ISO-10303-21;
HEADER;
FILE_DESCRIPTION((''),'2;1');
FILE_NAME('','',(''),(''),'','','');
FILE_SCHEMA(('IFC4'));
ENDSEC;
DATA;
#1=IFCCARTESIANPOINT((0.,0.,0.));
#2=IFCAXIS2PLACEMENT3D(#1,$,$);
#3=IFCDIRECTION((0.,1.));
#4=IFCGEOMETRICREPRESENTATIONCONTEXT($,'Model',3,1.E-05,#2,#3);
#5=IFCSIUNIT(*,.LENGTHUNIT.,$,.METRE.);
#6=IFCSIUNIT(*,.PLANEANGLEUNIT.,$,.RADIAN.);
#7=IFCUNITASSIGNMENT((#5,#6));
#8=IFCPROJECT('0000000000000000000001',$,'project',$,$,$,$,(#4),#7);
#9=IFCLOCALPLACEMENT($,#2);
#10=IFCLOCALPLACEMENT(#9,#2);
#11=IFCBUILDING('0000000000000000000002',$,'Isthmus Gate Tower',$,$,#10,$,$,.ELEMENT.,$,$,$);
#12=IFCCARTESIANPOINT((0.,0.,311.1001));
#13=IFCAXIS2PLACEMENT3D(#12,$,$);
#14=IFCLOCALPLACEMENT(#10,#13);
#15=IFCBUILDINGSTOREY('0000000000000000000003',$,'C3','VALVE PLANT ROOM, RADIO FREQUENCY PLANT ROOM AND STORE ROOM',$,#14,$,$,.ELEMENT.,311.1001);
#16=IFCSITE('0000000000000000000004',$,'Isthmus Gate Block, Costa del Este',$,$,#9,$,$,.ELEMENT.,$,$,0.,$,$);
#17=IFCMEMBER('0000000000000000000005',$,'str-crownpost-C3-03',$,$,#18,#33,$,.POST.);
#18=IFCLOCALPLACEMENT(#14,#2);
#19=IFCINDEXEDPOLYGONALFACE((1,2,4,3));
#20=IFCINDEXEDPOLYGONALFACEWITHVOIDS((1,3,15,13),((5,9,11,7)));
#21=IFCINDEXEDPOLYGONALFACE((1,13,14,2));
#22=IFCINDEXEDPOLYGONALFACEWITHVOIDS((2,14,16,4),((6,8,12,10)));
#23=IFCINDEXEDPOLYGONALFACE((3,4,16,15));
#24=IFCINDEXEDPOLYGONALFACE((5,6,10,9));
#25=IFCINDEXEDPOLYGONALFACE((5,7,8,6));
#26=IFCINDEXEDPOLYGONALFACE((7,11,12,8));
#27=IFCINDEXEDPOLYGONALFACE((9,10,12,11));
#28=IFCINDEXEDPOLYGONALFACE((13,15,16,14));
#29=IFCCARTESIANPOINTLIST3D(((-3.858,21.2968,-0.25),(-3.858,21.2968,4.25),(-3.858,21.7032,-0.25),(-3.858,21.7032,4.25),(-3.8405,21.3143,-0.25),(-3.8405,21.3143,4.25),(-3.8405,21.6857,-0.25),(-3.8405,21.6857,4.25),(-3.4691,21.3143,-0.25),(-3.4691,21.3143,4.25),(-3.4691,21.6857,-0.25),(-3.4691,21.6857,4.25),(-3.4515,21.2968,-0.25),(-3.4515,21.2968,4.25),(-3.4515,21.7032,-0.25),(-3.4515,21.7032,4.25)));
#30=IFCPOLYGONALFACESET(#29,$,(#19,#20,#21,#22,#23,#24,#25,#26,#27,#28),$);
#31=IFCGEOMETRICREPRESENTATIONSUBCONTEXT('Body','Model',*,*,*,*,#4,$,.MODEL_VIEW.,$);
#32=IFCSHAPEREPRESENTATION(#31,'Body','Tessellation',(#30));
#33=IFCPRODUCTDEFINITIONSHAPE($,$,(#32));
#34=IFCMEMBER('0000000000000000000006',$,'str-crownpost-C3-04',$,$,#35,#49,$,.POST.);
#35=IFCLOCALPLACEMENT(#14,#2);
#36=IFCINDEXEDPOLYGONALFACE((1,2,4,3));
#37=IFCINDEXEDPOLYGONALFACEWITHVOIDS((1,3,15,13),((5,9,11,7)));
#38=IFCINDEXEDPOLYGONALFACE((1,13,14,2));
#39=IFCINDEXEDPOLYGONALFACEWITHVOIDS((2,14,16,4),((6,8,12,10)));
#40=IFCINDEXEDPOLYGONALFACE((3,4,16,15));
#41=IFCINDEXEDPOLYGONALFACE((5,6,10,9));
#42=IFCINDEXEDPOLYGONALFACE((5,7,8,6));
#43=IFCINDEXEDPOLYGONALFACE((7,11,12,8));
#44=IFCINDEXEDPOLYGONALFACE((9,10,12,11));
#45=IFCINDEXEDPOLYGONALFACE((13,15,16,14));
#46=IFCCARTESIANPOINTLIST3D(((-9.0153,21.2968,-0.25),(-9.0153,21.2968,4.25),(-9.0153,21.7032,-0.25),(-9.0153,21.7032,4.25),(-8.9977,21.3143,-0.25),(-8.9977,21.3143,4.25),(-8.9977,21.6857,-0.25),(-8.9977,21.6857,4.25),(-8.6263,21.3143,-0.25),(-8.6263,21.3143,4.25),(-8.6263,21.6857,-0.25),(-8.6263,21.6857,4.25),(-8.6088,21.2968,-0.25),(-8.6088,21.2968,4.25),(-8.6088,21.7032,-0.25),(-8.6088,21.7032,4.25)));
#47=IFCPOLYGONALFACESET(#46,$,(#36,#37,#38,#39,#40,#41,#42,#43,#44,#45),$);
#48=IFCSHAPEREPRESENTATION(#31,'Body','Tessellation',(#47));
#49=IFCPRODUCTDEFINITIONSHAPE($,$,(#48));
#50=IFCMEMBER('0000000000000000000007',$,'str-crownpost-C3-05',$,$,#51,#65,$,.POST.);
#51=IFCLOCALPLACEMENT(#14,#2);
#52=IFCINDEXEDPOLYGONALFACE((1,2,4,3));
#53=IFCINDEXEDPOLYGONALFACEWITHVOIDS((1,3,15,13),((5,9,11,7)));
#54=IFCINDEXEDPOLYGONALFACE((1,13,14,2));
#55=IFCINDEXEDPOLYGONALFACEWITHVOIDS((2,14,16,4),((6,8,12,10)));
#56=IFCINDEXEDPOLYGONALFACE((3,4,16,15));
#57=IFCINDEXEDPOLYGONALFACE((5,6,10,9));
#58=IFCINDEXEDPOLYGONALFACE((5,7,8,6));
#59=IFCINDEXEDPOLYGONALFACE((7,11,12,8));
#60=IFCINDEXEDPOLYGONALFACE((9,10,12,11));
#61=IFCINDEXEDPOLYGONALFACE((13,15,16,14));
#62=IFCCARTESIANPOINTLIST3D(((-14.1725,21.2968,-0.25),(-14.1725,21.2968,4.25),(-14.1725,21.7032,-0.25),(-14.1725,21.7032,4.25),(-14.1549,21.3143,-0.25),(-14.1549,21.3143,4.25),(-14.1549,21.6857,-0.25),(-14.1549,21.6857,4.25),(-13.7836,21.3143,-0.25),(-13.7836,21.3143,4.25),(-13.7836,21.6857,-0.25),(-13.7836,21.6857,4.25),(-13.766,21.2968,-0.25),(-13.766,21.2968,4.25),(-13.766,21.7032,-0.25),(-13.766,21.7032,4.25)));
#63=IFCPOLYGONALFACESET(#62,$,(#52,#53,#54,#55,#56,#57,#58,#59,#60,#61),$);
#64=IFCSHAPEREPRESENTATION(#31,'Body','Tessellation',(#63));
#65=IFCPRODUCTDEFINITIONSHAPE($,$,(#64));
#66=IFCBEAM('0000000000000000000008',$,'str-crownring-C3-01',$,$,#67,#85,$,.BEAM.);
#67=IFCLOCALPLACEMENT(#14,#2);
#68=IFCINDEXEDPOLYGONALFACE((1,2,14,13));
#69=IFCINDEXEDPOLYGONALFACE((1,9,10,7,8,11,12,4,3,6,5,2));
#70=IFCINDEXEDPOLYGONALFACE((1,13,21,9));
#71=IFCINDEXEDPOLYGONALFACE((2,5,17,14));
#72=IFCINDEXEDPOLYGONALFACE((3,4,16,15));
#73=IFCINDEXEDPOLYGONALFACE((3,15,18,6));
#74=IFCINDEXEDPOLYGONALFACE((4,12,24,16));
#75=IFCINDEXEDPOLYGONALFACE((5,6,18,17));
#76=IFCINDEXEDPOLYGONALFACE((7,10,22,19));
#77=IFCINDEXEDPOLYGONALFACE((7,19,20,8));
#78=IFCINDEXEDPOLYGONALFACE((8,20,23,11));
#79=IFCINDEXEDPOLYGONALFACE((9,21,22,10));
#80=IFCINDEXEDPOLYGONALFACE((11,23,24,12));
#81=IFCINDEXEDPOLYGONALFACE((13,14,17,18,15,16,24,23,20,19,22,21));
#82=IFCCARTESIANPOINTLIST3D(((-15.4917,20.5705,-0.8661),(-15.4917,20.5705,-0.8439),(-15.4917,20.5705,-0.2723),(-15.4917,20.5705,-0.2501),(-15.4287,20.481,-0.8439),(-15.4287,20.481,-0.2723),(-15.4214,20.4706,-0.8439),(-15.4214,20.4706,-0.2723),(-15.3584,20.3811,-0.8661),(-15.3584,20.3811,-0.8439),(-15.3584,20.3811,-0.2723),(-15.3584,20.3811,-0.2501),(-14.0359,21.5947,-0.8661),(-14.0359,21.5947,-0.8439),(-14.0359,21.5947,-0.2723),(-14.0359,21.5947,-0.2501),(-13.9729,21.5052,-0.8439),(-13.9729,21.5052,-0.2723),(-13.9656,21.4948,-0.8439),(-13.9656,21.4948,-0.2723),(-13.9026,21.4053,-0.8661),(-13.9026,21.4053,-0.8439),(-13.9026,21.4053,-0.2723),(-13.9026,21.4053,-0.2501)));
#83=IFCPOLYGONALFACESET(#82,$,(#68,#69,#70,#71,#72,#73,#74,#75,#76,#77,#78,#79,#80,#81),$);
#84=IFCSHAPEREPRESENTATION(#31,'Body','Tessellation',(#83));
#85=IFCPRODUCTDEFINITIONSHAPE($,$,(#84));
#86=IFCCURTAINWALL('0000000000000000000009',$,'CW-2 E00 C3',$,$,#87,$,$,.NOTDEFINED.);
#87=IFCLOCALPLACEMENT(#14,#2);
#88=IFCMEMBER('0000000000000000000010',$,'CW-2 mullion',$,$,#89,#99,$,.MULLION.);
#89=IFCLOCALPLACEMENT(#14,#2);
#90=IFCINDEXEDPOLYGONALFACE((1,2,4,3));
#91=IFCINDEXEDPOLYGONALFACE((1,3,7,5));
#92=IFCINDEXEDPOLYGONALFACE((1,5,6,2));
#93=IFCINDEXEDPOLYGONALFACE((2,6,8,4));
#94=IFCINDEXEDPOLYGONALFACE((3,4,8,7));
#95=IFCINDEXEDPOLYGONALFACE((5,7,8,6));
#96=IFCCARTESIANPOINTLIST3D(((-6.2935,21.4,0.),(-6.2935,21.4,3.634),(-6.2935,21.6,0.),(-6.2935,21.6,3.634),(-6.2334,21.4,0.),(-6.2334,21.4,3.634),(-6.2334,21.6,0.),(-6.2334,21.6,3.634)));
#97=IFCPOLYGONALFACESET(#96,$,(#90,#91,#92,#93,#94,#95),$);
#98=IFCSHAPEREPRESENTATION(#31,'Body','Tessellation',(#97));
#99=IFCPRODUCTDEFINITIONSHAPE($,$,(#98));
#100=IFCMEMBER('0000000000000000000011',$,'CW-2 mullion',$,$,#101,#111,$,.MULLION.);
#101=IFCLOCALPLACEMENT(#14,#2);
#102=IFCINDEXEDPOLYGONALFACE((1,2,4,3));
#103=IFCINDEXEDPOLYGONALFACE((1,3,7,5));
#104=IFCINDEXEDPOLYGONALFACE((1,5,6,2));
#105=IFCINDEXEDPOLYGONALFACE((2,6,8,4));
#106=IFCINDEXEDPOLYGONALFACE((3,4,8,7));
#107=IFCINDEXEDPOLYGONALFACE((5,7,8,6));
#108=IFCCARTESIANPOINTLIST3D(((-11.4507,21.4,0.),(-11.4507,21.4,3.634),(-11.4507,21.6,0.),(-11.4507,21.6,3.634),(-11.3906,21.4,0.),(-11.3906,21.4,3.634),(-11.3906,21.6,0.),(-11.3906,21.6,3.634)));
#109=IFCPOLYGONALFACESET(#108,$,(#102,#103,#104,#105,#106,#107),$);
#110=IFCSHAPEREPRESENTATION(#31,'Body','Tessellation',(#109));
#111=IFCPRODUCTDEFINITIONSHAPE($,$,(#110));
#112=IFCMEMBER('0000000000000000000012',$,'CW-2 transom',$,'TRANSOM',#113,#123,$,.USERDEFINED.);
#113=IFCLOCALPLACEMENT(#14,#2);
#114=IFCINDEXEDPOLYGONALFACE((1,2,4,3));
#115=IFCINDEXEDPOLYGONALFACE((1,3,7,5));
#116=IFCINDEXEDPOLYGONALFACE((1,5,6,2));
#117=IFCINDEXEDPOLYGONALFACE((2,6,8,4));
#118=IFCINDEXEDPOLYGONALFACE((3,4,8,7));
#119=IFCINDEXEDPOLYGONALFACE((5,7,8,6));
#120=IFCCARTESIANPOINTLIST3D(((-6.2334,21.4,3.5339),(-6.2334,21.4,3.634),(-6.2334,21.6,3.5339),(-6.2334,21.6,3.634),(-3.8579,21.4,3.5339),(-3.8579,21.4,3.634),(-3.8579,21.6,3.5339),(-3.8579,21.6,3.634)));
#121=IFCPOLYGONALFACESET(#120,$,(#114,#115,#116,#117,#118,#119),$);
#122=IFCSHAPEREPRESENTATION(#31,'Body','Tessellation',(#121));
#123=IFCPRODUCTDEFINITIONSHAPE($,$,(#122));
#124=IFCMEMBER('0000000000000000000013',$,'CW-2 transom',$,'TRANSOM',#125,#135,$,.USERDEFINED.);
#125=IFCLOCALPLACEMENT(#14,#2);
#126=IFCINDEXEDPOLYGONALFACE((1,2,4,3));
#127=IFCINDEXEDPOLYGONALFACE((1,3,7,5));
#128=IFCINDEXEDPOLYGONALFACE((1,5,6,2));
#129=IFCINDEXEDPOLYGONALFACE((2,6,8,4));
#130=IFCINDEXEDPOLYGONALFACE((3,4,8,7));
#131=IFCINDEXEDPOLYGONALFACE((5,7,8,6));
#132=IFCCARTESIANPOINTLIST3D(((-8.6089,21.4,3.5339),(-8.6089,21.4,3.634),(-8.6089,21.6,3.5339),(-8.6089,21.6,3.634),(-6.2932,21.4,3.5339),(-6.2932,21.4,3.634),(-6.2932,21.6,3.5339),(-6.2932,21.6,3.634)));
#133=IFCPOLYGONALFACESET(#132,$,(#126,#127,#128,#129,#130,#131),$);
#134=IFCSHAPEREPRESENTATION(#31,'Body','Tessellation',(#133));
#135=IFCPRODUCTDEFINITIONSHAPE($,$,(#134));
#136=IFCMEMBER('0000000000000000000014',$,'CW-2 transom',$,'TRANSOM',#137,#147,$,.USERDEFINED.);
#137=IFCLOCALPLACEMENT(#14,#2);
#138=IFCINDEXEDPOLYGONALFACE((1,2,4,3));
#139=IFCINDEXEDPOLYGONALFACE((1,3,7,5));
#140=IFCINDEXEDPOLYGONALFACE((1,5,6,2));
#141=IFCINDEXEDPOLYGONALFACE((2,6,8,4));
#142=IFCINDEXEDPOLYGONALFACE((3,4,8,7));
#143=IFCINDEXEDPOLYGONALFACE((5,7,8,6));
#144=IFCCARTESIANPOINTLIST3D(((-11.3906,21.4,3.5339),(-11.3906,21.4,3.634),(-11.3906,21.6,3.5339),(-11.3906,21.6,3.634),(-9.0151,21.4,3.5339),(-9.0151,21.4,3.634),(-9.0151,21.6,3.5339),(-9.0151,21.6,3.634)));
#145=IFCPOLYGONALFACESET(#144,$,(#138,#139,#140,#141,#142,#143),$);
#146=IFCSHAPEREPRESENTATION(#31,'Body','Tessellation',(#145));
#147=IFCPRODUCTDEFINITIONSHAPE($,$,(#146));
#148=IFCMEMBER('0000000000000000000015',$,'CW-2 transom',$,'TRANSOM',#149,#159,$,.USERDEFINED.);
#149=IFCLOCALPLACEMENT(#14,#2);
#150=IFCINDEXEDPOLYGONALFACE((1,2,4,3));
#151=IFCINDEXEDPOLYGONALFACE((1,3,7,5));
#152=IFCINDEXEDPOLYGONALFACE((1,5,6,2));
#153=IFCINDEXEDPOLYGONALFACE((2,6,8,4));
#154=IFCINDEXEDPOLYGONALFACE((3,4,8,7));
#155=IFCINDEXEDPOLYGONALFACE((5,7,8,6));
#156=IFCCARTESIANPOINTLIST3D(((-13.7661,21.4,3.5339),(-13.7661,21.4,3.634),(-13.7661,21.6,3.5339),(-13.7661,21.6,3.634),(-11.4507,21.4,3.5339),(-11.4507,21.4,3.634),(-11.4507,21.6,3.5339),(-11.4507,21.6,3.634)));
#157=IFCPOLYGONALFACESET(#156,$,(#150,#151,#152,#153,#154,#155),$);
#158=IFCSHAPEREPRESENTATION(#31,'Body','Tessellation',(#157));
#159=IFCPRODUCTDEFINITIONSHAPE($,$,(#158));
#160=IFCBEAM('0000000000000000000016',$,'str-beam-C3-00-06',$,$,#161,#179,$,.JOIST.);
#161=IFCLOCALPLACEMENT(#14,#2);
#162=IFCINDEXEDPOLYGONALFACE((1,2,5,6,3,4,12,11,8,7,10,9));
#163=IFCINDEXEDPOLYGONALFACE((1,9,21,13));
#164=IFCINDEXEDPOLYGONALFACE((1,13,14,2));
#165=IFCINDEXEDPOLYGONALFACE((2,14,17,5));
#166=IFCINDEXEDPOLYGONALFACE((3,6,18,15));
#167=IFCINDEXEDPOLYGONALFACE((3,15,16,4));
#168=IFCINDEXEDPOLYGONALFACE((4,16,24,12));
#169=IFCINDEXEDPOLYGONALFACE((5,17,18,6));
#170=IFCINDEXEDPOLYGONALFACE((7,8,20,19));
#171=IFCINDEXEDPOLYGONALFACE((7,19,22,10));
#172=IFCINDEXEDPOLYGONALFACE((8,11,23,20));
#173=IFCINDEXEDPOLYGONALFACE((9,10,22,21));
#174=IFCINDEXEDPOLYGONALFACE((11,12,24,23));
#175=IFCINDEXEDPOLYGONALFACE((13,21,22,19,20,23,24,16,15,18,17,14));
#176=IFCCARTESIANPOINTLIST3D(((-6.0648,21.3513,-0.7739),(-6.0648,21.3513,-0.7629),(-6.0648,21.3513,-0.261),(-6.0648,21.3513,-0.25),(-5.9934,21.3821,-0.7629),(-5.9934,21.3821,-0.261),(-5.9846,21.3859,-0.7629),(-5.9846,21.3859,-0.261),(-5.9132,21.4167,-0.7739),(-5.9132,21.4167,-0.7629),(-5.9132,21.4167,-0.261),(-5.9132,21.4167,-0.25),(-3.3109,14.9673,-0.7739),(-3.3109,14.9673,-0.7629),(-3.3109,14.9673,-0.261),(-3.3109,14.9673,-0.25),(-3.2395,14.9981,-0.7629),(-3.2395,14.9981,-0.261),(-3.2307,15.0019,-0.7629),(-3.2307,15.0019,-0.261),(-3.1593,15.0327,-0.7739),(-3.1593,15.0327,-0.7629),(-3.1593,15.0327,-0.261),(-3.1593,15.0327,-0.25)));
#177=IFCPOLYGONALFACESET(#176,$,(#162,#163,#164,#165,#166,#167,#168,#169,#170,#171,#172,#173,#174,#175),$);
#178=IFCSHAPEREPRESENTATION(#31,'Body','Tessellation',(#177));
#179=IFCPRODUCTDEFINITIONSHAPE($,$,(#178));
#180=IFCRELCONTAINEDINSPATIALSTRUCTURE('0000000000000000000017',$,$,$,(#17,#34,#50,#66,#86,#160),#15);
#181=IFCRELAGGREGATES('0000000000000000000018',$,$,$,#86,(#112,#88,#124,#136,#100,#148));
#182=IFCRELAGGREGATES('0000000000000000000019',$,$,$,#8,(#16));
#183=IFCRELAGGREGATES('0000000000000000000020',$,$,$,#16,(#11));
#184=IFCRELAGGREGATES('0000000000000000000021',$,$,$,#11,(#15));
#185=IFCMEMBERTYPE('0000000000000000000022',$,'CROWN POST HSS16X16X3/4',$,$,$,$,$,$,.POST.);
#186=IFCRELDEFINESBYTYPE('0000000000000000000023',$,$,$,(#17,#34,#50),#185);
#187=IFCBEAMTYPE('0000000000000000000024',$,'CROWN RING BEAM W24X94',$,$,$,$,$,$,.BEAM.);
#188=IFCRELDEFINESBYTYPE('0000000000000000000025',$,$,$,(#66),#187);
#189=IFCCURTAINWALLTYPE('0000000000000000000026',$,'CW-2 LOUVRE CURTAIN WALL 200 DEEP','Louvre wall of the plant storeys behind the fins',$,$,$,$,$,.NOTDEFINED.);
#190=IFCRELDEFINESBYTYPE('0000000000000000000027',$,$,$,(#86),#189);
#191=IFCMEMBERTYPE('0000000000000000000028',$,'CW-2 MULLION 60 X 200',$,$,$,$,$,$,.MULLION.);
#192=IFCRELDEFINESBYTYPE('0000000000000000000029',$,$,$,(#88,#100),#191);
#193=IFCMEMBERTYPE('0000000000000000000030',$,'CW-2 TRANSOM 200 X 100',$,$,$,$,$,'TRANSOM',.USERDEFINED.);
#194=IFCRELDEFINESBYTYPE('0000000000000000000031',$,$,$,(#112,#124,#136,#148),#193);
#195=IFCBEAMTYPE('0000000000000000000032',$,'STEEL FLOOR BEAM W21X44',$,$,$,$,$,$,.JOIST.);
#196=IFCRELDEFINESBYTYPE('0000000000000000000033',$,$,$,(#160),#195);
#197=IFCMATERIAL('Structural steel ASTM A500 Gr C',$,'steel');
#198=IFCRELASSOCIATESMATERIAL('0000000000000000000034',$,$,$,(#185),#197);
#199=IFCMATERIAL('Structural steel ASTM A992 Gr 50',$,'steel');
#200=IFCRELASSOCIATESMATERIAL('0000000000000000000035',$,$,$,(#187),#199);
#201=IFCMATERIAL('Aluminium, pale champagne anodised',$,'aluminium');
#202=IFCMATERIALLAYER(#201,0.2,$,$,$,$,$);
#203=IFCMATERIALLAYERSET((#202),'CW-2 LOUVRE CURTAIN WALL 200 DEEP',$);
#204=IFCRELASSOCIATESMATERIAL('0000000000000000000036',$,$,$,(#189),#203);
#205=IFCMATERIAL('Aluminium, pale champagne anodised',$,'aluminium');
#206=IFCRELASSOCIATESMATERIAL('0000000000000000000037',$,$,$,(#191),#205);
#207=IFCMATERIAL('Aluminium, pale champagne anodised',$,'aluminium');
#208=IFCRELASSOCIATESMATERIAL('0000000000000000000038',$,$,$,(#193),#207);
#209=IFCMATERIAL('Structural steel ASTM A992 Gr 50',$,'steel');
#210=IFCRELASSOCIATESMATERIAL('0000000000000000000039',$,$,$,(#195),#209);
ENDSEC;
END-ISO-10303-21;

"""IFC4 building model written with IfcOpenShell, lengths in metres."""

from ifc_helpers import new_model, si_unit, direction, frame, origin, origin_2d, place, context, subcontext, project, spatial, rectangle, hollow_rectangle, i_section, extrude, material, layer, layer_set, material_profile, profile_set, type_object, element, aggregate, save


model = new_model("IFC4")

# Units and contexts
model_context = context("Model", 3, precision=1e-05, world=origin(), true_north=direction((0.0, 1.0)))
body_context = subcontext(model_context, "Body", "Model", "MODEL_VIEW")
ifc_project = project(units=[si_unit("LENGTHUNIT", "METRE"), si_unit("PLANEANGLEUNIT", "RADIAN")], contexts=[model_context])

# Site, building, storey
site_placement = place(None, origin())
site = spatial("IfcSite", under=ifc_project, at=site_placement, Name="Isthmus Gate Block, Costa del Este", CompositionType="ELEMENT", RefElevation=0.0)
building_placement = place(site_placement, origin())
building = spatial("IfcBuilding", under=site, at=building_placement, Name="Isthmus Gate Tower", CompositionType="ELEMENT")
storey_placement = place(building_placement, frame((0.0, 0.0, 311.1001)))
storey = spatial("IfcBuildingStorey", under=building, at=storey_placement, Name="C3", Description="VALVE PLANT ROOM, RADIO FREQUENCY PLANT ROOM AND STORE ROOM", CompositionType="ELEMENT", Elevation=311.1001)

# Members
ifc_material_1 = material(Name="Structural steel ASTM A500 Gr C", Category="steel")
ifc_material_profile_1 = material_profile(ifc_material_1, hollow_rectangle(XDim=0.4065, YDim=0.4065, WallThickness=0.0176, at=origin_2d()), Name="HSS16X16X3/4")
ifc_profile_set_1 = profile_set([ifc_material_profile_1], Name="Structural steel ASTM A500 Gr C")
member_type_1 = type_object("IfcMemberType", Name="CROWN POST HSS16X16X3/4", PredefinedType="POST", material=ifc_profile_set_1)
for number, where, z_axis, x_axis, name in (
    (1, (-3.6548, 21.5, -0.25), (0.0, 0.0, 1.0), (1.0, 0.0, 0.0), "str-crownpost-C3-03"),
    (2, (-8.812, 21.5, -0.25), (0.0, 0.0, 1.0), (1.0, 0.0, 0.0), "str-crownpost-C3-04"),
    (3, (-13.9692, 21.5, -0.25), (0.0, 0.0, 1.0), (1.0, 0.0, 0.0), "str-crownpost-C3-05"),
):
    element("IfcMember", number, at=place(storey_placement, frame(where, z_axis=z_axis, x_axis=x_axis)), inside=storey, type_object=member_type_1, Name=name, PredefinedType="POST", context=body_context, shape_type="SweptSolid", body=[
        extrude(hollow_rectangle(XDim=0.4065, YDim=0.4065, WallThickness=0.0176, at=origin_2d()), origin(), (0.0, 0.0, 1.0), 4.5),
    ])

# Beam
ifc_material_2 = material(Name="Structural steel ASTM A992 Gr 50", Category="steel")
ifc_material_profile_2 = material_profile(ifc_material_2, i_section(OverallWidth=0.2317, OverallDepth=0.616, WebThickness=0.0127, FlangeThickness=0.0222, at=origin_2d()), Name="W24X94")
ifc_profile_set_2 = profile_set([ifc_material_profile_2], Name="Structural steel ASTM A992 Gr 50")
beam_type_1 = type_object("IfcBeamType", Name="CROWN RING BEAM W24X94", PredefinedType="BEAM", material=ifc_profile_set_2)
beam_1_placement = place(storey_placement, frame((-13.9692, 21.5, -0.5581), z_axis=(-0.817883, -0.575385, 0.0), x_axis=(0.575385, -0.817883, 0.0)))
element("IfcBeam", 4, at=beam_1_placement, inside=storey, type_object=beam_type_1, Name="str-crownring-C3-01", PredefinedType="BEAM", context=body_context, shape_type="SweptSolid", body=[
    extrude(i_section(OverallWidth=0.2317, OverallDepth=0.616, WebThickness=0.0127, FlangeThickness=0.0222, at=origin_2d()), origin(), (0.0, 0.0, 1.0), 1.78),
])

# Curtain wall, members
ifc_material_3 = material(Name="Aluminium, pale champagne anodised", Category="aluminium")
ifc_layer_1 = layer(ifc_material_3, 0.2)
ifc_layer_set_1 = layer_set([ifc_layer_1], Name="CW-2 LOUVRE CURTAIN WALL 200 DEEP")
curtain_wall_type = type_object("IfcCurtainWallType", Name="CW-2 LOUVRE CURTAIN WALL 200 DEEP", Description="Louvre wall of the plant storeys behind the fins", PredefinedType="NOTDEFINED", material=ifc_layer_set_1)
curtain_wall_placement = place(storey_placement, origin())
curtain_wall = element("IfcCurtainWall", 5, at=curtain_wall_placement, inside=storey, type_object=curtain_wall_type, Name="CW-2 E00 C3", PredefinedType="NOTDEFINED")
ifc_material_4 = material(Name="Aluminium, pale champagne anodised", Category="aluminium")
ifc_material_profile_3 = material_profile(ifc_material_4, rectangle(XDim=0.0601, YDim=0.2, at=origin_2d()), Name="60x200")
ifc_profile_set_3 = profile_set([ifc_material_profile_3], Name="Aluminium, pale champagne anodised")
member_type_2 = type_object("IfcMemberType", Name="CW-2 MULLION 60 X 200", PredefinedType="MULLION", material=ifc_profile_set_3)
member_1_placement = place(storey_placement, frame((-6.2634, 21.5, 0.0), z_axis=(0.0, 0.0, 1.0), x_axis=(-1.0, 0.0, 0.0)))
member_1 = element("IfcMember", 6, at=member_1_placement, type_object=member_type_2, Name="CW-2 mullion", PredefinedType="MULLION", context=body_context, shape_type="SweptSolid", body=[
    extrude(rectangle(XDim=0.0601, YDim=0.2, at=origin_2d()), origin(), (0.0, 0.0, 1.0), 3.634),
])
member_2_placement = place(storey_placement, frame((-11.4207, 21.5, 0.0), z_axis=(0.0, 0.0, 1.0), x_axis=(-1.0, 0.0, 0.0)))
member_2 = element("IfcMember", 7, at=member_2_placement, type_object=member_type_2, Name="CW-2 mullion", PredefinedType="MULLION", context=body_context, shape_type="SweptSolid", body=[
    extrude(rectangle(XDim=0.0601, YDim=0.2, at=origin_2d()), origin(), (0.0, 0.0, 1.0), 3.634),
])
ifc_material_5 = material(Name="Aluminium, pale champagne anodised", Category="aluminium")
ifc_material_profile_4 = material_profile(ifc_material_5, rectangle(XDim=0.2, YDim=0.1001, at=origin_2d()), Name="200x100")
ifc_profile_set_4 = profile_set([ifc_material_profile_4], Name="Aluminium, pale champagne anodised")
member_type_3 = type_object("IfcMemberType", Name="CW-2 TRANSOM 200 X 100", ElementType="TRANSOM", PredefinedType="USERDEFINED", material=ifc_profile_set_4)
member_3_placement = place(storey_placement, frame((-3.8579, 21.5, 3.584), z_axis=(-1.0, 0.0, 0.0), x_axis=(0.0, -1.0, 0.0)))
member_3 = element("IfcMember", 8, at=member_3_placement, type_object=member_type_3, Name="CW-2 transom", ObjectType="TRANSOM", PredefinedType="USERDEFINED", context=body_context, shape_type="SweptSolid", body=[
    extrude(rectangle(XDim=0.2, YDim=0.1001, at=origin_2d()), origin(), (0.0, 0.0, 1.0), 2.3755),
])
member_4_placement = place(storey_placement, frame((-6.2932, 21.5, 3.584), z_axis=(-1.0, 0.0, 0.0), x_axis=(0.0, -1.0, 0.0)))
member_4 = element("IfcMember", 9, at=member_4_placement, type_object=member_type_3, Name="CW-2 transom", ObjectType="TRANSOM", PredefinedType="USERDEFINED", context=body_context, shape_type="SweptSolid", body=[
    extrude(rectangle(XDim=0.2, YDim=0.1001, at=origin_2d()), origin(), (0.0, 0.0, 1.0), 2.3157),
])
member_5_placement = place(storey_placement, frame((-9.0151, 21.5, 3.584), z_axis=(-1.0, 0.0, 0.0), x_axis=(0.0, -1.0, 0.0)))
member_5 = element("IfcMember", 10, at=member_5_placement, type_object=member_type_3, Name="CW-2 transom", ObjectType="TRANSOM", PredefinedType="USERDEFINED", context=body_context, shape_type="SweptSolid", body=[
    extrude(rectangle(XDim=0.2, YDim=0.1001, at=origin_2d()), origin(), (0.0, 0.0, 1.0), 2.3755),
])
member_6_placement = place(storey_placement, frame((-11.4507, 21.5, 3.584), z_axis=(-1.0, 0.0, 0.0), x_axis=(0.0, -1.0, 0.0)))
member_6 = element("IfcMember", 11, at=member_6_placement, type_object=member_type_3, Name="CW-2 transom", ObjectType="TRANSOM", PredefinedType="USERDEFINED", context=body_context, shape_type="SweptSolid", body=[
    extrude(rectangle(XDim=0.2, YDim=0.1001, at=origin_2d()), origin(), (0.0, 0.0, 1.0), 2.3154),
])

# Beam
ifc_material_6 = material(Name="Structural steel ASTM A992 Gr 50", Category="steel")
ifc_material_profile_5 = material_profile(ifc_material_6, i_section(OverallWidth=0.165, OverallDepth=0.5239, WebThickness=0.0095, FlangeThickness=0.011, at=origin_2d()), Name="W21X44")
ifc_profile_set_5 = profile_set([ifc_material_profile_5], Name="Structural steel ASTM A992 Gr 50")
beam_type_2 = type_object("IfcBeamType", Name="STEEL FLOOR BEAM W21X44", PredefinedType="JOIST", material=ifc_profile_set_5)
beam_2_placement = place(storey_placement, frame((-3.2351, 15.0, -0.512), z_axis=(-0.396092, 0.918211, 0.0), x_axis=(-0.918211, -0.396092, 0.0)))
element("IfcBeam", 12, at=beam_2_placement, inside=storey, type_object=beam_type_2, Name="str-beam-C3-00-06", PredefinedType="JOIST", context=body_context, shape_type="SweptSolid", body=[
    extrude(i_section(OverallWidth=0.165, OverallDepth=0.5239, WebThickness=0.0095, FlangeThickness=0.011, at=origin_2d()), origin(), (0.0, 0.0, 1.0), 6.9526),
])

aggregate(curtain_wall, [member_3, member_1, member_4, member_5, member_2, member_6])

save(model, "model.ifc")
